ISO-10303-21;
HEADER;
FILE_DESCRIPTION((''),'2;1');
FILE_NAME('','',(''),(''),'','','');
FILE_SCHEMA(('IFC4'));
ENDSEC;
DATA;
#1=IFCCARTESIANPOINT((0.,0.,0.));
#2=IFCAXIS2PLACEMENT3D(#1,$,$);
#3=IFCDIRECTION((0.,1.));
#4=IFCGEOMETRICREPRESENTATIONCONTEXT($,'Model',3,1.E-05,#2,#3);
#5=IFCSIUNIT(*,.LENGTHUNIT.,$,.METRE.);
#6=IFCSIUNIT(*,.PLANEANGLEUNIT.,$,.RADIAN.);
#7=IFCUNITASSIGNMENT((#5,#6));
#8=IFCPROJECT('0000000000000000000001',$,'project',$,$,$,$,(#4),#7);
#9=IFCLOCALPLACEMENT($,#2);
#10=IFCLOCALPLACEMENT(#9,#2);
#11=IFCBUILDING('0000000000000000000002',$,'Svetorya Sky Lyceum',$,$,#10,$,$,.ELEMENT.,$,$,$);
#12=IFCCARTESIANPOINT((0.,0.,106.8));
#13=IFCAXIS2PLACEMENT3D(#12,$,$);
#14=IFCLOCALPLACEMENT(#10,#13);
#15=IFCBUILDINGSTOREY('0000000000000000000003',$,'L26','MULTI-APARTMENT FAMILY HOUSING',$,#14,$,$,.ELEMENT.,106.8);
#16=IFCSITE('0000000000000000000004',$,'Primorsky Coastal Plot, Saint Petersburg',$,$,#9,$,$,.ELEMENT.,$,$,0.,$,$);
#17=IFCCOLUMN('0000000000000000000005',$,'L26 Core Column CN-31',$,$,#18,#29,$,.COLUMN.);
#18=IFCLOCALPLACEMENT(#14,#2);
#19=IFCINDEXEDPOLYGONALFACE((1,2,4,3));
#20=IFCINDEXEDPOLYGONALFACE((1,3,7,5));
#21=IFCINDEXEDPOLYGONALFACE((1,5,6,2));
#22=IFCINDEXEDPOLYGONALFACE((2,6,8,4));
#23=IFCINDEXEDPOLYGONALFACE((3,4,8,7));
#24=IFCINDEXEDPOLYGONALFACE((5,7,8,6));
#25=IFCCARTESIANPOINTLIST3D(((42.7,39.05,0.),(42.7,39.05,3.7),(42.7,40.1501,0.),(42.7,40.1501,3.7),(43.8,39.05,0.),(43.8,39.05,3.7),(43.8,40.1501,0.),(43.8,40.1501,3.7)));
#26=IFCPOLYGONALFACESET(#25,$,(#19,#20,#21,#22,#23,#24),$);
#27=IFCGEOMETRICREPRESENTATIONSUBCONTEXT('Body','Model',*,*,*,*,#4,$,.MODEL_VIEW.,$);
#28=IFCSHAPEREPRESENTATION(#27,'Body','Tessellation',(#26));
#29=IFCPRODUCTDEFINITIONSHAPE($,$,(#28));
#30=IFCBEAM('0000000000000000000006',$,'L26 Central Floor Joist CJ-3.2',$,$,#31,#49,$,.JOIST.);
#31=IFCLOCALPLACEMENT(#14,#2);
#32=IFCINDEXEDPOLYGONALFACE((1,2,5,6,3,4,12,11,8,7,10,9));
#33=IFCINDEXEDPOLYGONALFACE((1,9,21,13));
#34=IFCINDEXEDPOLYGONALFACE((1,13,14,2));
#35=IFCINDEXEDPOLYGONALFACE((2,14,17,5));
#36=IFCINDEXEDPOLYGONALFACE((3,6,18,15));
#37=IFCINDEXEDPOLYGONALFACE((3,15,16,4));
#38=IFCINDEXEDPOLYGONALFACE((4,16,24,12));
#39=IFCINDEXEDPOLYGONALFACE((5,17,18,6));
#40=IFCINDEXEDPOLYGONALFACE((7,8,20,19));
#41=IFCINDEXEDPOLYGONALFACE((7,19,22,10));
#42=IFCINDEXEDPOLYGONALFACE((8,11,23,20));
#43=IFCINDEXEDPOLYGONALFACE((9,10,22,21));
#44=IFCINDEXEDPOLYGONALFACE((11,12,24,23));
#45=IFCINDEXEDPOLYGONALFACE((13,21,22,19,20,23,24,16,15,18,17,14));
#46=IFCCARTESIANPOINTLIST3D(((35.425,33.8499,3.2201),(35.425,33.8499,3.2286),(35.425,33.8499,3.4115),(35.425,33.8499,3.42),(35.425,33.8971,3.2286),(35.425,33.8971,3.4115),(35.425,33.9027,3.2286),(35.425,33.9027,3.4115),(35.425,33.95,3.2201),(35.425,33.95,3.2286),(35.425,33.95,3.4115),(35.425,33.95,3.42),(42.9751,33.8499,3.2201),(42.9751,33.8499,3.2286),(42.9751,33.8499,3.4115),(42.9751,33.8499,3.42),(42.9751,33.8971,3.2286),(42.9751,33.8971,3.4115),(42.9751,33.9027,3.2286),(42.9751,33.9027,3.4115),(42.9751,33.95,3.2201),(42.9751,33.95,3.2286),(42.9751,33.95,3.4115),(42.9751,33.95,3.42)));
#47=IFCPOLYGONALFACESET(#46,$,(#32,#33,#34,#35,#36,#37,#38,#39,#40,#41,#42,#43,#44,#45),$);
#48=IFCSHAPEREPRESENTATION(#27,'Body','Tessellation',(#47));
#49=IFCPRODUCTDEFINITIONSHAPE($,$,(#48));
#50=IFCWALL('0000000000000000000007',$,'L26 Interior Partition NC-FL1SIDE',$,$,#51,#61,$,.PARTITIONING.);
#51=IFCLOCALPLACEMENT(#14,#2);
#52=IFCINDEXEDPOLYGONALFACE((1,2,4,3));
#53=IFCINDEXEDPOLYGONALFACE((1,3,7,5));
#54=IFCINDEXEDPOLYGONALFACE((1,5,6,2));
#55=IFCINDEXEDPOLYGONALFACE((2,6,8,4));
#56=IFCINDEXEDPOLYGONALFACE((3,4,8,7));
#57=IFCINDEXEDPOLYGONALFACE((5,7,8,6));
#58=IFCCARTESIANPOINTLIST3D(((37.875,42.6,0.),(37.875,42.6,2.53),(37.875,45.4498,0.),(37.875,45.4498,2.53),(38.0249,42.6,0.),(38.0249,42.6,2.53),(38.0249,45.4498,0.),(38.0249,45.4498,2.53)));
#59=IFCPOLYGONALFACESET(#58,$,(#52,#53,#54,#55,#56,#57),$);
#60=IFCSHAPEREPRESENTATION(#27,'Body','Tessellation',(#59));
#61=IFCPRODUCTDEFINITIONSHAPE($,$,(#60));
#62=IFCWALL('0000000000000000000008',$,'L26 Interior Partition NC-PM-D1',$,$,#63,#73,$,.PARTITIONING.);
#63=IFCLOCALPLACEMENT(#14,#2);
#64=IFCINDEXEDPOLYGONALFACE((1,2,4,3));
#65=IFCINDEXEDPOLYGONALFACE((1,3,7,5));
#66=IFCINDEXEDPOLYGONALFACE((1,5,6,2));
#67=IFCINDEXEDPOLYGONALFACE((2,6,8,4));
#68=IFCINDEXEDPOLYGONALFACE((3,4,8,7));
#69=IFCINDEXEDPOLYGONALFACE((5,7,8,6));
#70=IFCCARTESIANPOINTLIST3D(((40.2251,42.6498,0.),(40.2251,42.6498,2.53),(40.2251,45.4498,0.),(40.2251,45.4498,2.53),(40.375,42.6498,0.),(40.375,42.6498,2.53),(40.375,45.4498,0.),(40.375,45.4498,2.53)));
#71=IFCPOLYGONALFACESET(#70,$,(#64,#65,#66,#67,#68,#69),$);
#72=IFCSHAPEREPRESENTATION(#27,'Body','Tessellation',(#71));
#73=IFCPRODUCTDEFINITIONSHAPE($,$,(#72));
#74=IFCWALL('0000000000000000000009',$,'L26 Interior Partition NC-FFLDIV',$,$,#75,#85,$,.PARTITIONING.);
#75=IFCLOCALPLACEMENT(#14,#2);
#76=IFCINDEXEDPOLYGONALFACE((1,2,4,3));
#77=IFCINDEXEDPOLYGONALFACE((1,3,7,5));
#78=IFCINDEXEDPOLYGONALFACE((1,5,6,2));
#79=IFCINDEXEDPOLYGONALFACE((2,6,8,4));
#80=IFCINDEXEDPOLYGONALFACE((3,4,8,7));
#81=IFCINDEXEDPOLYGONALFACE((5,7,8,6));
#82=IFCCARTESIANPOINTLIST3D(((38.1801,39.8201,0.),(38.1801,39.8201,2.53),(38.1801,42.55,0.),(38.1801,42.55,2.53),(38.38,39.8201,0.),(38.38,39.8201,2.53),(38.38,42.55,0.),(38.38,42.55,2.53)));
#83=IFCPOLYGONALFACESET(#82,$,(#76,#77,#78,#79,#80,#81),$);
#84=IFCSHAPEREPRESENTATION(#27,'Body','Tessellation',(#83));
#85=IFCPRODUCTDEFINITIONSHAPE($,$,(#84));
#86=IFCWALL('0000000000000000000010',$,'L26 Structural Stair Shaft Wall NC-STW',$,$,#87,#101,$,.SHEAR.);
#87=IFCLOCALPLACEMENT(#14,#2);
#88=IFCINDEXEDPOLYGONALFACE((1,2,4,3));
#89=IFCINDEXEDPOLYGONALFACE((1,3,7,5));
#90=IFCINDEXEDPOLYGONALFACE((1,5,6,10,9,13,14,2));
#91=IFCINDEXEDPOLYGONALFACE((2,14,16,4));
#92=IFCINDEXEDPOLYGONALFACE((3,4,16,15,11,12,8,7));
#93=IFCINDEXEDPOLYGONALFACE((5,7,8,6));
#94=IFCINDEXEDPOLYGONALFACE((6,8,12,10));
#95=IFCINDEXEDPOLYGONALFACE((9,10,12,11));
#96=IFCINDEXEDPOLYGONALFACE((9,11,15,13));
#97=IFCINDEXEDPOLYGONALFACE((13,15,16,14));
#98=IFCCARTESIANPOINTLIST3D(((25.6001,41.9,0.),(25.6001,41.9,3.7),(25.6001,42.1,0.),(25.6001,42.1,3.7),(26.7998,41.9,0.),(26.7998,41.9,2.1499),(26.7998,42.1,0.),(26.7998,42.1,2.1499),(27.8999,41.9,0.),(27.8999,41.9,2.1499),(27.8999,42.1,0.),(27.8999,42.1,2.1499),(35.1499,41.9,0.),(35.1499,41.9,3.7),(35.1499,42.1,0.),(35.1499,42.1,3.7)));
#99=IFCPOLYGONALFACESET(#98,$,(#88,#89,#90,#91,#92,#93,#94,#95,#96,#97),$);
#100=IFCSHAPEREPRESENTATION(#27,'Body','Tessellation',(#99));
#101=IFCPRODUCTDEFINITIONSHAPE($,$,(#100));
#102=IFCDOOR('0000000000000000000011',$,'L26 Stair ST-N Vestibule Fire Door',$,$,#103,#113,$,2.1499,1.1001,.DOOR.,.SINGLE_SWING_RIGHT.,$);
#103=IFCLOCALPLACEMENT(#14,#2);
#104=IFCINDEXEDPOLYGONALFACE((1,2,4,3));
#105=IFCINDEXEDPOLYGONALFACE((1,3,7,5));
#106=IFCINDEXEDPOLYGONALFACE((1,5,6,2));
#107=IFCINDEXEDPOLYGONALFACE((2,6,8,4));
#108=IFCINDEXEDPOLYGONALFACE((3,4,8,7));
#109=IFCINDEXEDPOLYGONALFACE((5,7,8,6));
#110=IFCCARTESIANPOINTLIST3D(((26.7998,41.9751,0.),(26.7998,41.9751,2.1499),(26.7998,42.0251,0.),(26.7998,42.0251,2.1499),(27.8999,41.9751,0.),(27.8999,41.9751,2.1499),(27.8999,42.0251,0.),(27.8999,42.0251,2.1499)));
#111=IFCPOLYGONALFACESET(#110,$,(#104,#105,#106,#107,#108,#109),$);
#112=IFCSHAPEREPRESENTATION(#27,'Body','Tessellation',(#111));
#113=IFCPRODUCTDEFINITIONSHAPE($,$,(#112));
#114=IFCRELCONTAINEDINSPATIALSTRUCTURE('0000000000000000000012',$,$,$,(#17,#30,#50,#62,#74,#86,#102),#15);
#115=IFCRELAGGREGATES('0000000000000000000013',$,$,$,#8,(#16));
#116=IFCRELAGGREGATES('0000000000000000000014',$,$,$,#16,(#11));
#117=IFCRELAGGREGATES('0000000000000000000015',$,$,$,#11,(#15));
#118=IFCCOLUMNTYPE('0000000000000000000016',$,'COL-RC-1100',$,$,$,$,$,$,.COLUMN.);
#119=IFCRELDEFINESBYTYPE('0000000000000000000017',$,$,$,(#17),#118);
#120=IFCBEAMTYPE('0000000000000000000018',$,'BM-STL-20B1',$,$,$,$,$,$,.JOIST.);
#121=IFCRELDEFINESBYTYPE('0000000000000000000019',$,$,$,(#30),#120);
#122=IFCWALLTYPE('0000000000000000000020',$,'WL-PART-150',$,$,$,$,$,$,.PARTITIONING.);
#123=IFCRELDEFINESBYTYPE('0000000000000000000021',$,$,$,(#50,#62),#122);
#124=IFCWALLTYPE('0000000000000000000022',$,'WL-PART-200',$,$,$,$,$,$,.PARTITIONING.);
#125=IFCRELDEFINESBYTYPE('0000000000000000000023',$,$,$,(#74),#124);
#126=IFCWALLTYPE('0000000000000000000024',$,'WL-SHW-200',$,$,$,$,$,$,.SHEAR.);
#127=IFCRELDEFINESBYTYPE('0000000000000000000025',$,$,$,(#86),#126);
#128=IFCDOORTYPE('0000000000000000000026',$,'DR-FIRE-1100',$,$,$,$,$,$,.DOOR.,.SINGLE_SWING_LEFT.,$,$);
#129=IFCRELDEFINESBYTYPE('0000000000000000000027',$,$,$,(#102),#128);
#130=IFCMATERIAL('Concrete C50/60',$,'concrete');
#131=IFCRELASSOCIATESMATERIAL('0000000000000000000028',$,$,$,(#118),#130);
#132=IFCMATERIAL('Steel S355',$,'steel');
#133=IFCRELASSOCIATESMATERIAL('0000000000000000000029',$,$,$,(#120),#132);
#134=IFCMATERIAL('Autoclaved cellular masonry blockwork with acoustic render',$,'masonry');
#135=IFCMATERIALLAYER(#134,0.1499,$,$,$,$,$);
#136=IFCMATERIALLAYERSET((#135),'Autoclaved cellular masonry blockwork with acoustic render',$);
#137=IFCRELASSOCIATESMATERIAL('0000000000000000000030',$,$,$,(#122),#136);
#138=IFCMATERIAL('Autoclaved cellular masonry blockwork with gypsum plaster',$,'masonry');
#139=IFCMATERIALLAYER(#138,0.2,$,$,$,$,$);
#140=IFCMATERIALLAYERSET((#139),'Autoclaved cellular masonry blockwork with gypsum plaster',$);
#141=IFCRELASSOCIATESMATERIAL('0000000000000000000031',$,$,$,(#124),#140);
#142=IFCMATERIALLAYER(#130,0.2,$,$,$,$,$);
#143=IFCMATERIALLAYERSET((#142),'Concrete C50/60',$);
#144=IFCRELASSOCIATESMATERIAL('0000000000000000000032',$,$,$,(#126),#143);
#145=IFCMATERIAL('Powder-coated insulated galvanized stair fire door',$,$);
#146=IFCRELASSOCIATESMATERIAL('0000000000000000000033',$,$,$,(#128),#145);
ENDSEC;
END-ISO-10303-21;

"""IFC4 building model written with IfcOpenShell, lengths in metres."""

from ifc_helpers import new_model, si_unit, direction, frame, frame_2d, origin, origin_2d, place, context, subcontext, project, spatial, rectangle, i_section, extrude, material, layer, layer_set, material_profile, profile_set, type_object, element, fill, save


model = new_model("IFC4")

# Units and contexts
model_context = context("Model", 3, precision=1e-05, world=origin(), true_north=direction((0.0, 1.0)))
body_context = subcontext(model_context, "Body", "Model", "MODEL_VIEW")
ifc_project = project(units=[si_unit("LENGTHUNIT", "METRE"), si_unit("PLANEANGLEUNIT", "RADIAN")], contexts=[model_context])

# Site, building, storey
site_placement = place(None, origin())
site = spatial("IfcSite", under=ifc_project, at=site_placement, Name="Primorsky Coastal Plot, Saint Petersburg", CompositionType="ELEMENT", RefElevation=0.0)
building_placement = place(site_placement, origin())
building = spatial("IfcBuilding", under=site, at=building_placement, Name="Svetorya Sky Lyceum", CompositionType="ELEMENT")
storey_placement = place(building_placement, frame((0.0, 0.0, 106.8)))
storey = spatial("IfcBuildingStorey", under=building, at=storey_placement, Name="L26", Description="MULTI-APARTMENT FAMILY HOUSING", CompositionType="ELEMENT", Elevation=106.8)

# Column
ifc_material_1 = material(Name="Concrete C50/60", Category="concrete")
ifc_material_profile_1 = material_profile(ifc_material_1, rectangle(XDim=1.1001, YDim=1.1001, at=origin_2d()), Name="RC COL 1100x1100")
ifc_profile_set_1 = profile_set([ifc_material_profile_1], Name="Concrete C50/60")
column_type = type_object("IfcColumnType", Name="COL-RC-1100", PredefinedType="COLUMN", material=ifc_profile_set_1)
column_placement = place(storey_placement, frame((43.25, 39.6001, 0.0), z_axis=(0.0, 0.0, 1.0), x_axis=(1.0, 0.0, 0.0)))
element("IfcColumn", 1, at=column_placement, inside=storey, type_object=column_type, Name="L26 Core Column CN-31", PredefinedType="COLUMN", context=body_context, shape_type="SweptSolid", body=[
    extrude(rectangle(XDim=1.1001, YDim=1.1001, at=origin_2d()), origin(), (0.0, 0.0, 1.0), 3.7),
])

# Beam
ifc_material_2 = material(Name="Steel S355", Category="steel")
ifc_material_profile_2 = material_profile(ifc_material_2, i_section(OverallWidth=0.1001, OverallDepth=0.2, WebThickness=0.0056, FlangeThickness=0.0085, at=origin_2d()), Name="GOST 20B1")
ifc_profile_set_2 = profile_set([ifc_material_profile_2], Name="Steel S355")
beam_type = type_object("IfcBeamType", Name="BM-STL-20B1", PredefinedType="JOIST", material=ifc_profile_set_2)
beam_placement = place(storey_placement, frame((35.425, 33.8999, 3.3201), z_axis=(1.0, 0.0, 0.0), x_axis=(0.0, 1.0, 0.0)))
element("IfcBeam", 2, at=beam_placement, inside=storey, type_object=beam_type, Name="L26 Central Floor Joist CJ-3.2", PredefinedType="JOIST", context=body_context, shape_type="SweptSolid", body=[
    extrude(i_section(OverallWidth=0.1001, OverallDepth=0.2, WebThickness=0.0056, FlangeThickness=0.0085, at=origin_2d()), origin(), (0.0, 0.0, 1.0), 7.55),
])

# Walls
ifc_material_3 = material(Name="Autoclaved cellular masonry blockwork with acoustic render", Category="masonry")
ifc_layer_1 = layer(ifc_material_3, 0.1499)
ifc_layer_set_1 = layer_set([ifc_layer_1], Name="Autoclaved cellular masonry blockwork with acoustic render")
wall_type_1 = type_object("IfcWallType", Name="WL-PART-150", PredefinedType="PARTITIONING", material=ifc_layer_set_1)
wall_1_placement = place(storey_placement, frame((37.95, 42.6001, 0.0), z_axis=(0.0, 0.0, 1.0), x_axis=(0.0, 1.0, 0.0)))
element("IfcWall", 3, at=wall_1_placement, inside=storey, type_object=wall_type_1, Name="L26 Interior Partition NC-FL1SIDE", PredefinedType="PARTITIONING", context=body_context, shape_type="SweptSolid", body=[
    extrude(rectangle(XDim=2.8499, YDim=0.1499, at=frame_2d((1.4248, 0.0))), origin(), (0.0, 0.0, 1.0), 2.53),
])
wall_2_placement = place(storey_placement, frame((40.3, 42.6499, 0.0), z_axis=(0.0, 0.0, 1.0), x_axis=(0.0, 1.0, 0.0)))
element("IfcWall", 4, at=wall_2_placement, inside=storey, type_object=wall_type_1, Name="L26 Interior Partition NC-PM-D1", PredefinedType="PARTITIONING", context=body_context, shape_type="SweptSolid", body=[
    extrude(rectangle(XDim=2.8, YDim=0.1499, at=frame_2d((1.3999, 0.0))), origin(), (0.0, 0.0, 1.0), 2.53),
])

# Shared definitions
ifc_material_4 = material(Name="Autoclaved cellular masonry blockwork with gypsum plaster", Category="masonry")
ifc_layer_2 = layer(ifc_material_4, 0.2)
ifc_layer_set_2 = layer_set([ifc_layer_2], Name="Autoclaved cellular masonry blockwork with gypsum plaster")
wall_type_2 = type_object("IfcWallType", Name="WL-PART-200", PredefinedType="PARTITIONING", material=ifc_layer_set_2)

# Wall
wall_3_placement = place(storey_placement, frame((38.28, 39.8201, 0.0), z_axis=(0.0, 0.0, 1.0), x_axis=(0.0, 1.0, 0.0)))
element("IfcWall", 5, at=wall_3_placement, inside=storey, type_object=wall_type_2, Name="L26 Interior Partition NC-FFLDIV", PredefinedType="PARTITIONING", context=body_context, shape_type="SweptSolid", body=[
    extrude(rectangle(XDim=2.73, YDim=0.2, at=frame_2d((1.365, 0.0))), origin(), (0.0, 0.0, 1.0), 2.53),
])

# Wall, opening, door
ifc_layer_3 = layer(ifc_material_1, 0.2)
ifc_layer_set_3 = layer_set([ifc_layer_3], Name="Concrete C50/60")
wall_type_3 = type_object("IfcWallType", Name="WL-SHW-200", PredefinedType="SHEAR", material=ifc_layer_set_3)
wall_4_placement = place(storey_placement, frame((35.1499, 42.0, 0.0), z_axis=(0.0, 0.0, 1.0), x_axis=(-1.0, 0.0, 0.0)))
wall_4 = element("IfcWall", 6, at=wall_4_placement, inside=storey, type_object=wall_type_3, Name="L26 Structural Stair Shaft Wall NC-STW", PredefinedType="SHEAR", context=body_context, shape_type="SweptSolid", body=[
    extrude(rectangle(XDim=9.5498, YDim=0.2, at=frame_2d((4.7749, 0.0))), origin(), (0.0, 0.0, 1.0), 3.7),
])
opening_1_placement = place(wall_4_placement, frame((7.25, 0.0, 0.0)))
opening_1 = element("IfcOpeningElement", 7, at=opening_1_placement, cuts=wall_4, PredefinedType="OPENING", context=body_context, shape_type="SweptSolid", body=[
    extrude(rectangle(XDim=1.1001, YDim=2.1499, at=frame_2d((0.55, 1.075))), frame((0.0, 0.1099, 0.0), z_axis=(0.0, -1.0, 0.0), x_axis=(1.0, 0.0, 0.0)), (0.0, 0.0, 1.0), 0.22),
])
ifc_material_5 = material(Name="Powder-coated insulated galvanized stair fire door")
door_type_1 = type_object("IfcDoorType", Name="DR-FIRE-1100", OperationType="SINGLE_SWING_LEFT", PredefinedType="DOOR", material=ifc_material_5)
door_1_placement = place(opening_1_placement, origin())
door_1 = element("IfcDoor", 8, at=door_1_placement, inside=storey, type_object=door_type_1, Name="L26 Stair ST-N Vestibule Fire Door", OperationType="SINGLE_SWING_RIGHT", OverallHeight=2.1499, OverallWidth=1.1001, PredefinedType="DOOR", context=body_context, shape_type="SweptSolid", body=[
    extrude(rectangle(XDim=1.1001, YDim=2.1499, at=frame_2d((0.55, 1.075))), frame((0.0, 0.0249, 0.0), z_axis=(0.0, -1.0, 0.0), x_axis=(1.0, 0.0, 0.0)), (0.0, 0.0, 1.0), 0.05),
])
fill(opening_1, door_1)

save(model, "model.ifc")
